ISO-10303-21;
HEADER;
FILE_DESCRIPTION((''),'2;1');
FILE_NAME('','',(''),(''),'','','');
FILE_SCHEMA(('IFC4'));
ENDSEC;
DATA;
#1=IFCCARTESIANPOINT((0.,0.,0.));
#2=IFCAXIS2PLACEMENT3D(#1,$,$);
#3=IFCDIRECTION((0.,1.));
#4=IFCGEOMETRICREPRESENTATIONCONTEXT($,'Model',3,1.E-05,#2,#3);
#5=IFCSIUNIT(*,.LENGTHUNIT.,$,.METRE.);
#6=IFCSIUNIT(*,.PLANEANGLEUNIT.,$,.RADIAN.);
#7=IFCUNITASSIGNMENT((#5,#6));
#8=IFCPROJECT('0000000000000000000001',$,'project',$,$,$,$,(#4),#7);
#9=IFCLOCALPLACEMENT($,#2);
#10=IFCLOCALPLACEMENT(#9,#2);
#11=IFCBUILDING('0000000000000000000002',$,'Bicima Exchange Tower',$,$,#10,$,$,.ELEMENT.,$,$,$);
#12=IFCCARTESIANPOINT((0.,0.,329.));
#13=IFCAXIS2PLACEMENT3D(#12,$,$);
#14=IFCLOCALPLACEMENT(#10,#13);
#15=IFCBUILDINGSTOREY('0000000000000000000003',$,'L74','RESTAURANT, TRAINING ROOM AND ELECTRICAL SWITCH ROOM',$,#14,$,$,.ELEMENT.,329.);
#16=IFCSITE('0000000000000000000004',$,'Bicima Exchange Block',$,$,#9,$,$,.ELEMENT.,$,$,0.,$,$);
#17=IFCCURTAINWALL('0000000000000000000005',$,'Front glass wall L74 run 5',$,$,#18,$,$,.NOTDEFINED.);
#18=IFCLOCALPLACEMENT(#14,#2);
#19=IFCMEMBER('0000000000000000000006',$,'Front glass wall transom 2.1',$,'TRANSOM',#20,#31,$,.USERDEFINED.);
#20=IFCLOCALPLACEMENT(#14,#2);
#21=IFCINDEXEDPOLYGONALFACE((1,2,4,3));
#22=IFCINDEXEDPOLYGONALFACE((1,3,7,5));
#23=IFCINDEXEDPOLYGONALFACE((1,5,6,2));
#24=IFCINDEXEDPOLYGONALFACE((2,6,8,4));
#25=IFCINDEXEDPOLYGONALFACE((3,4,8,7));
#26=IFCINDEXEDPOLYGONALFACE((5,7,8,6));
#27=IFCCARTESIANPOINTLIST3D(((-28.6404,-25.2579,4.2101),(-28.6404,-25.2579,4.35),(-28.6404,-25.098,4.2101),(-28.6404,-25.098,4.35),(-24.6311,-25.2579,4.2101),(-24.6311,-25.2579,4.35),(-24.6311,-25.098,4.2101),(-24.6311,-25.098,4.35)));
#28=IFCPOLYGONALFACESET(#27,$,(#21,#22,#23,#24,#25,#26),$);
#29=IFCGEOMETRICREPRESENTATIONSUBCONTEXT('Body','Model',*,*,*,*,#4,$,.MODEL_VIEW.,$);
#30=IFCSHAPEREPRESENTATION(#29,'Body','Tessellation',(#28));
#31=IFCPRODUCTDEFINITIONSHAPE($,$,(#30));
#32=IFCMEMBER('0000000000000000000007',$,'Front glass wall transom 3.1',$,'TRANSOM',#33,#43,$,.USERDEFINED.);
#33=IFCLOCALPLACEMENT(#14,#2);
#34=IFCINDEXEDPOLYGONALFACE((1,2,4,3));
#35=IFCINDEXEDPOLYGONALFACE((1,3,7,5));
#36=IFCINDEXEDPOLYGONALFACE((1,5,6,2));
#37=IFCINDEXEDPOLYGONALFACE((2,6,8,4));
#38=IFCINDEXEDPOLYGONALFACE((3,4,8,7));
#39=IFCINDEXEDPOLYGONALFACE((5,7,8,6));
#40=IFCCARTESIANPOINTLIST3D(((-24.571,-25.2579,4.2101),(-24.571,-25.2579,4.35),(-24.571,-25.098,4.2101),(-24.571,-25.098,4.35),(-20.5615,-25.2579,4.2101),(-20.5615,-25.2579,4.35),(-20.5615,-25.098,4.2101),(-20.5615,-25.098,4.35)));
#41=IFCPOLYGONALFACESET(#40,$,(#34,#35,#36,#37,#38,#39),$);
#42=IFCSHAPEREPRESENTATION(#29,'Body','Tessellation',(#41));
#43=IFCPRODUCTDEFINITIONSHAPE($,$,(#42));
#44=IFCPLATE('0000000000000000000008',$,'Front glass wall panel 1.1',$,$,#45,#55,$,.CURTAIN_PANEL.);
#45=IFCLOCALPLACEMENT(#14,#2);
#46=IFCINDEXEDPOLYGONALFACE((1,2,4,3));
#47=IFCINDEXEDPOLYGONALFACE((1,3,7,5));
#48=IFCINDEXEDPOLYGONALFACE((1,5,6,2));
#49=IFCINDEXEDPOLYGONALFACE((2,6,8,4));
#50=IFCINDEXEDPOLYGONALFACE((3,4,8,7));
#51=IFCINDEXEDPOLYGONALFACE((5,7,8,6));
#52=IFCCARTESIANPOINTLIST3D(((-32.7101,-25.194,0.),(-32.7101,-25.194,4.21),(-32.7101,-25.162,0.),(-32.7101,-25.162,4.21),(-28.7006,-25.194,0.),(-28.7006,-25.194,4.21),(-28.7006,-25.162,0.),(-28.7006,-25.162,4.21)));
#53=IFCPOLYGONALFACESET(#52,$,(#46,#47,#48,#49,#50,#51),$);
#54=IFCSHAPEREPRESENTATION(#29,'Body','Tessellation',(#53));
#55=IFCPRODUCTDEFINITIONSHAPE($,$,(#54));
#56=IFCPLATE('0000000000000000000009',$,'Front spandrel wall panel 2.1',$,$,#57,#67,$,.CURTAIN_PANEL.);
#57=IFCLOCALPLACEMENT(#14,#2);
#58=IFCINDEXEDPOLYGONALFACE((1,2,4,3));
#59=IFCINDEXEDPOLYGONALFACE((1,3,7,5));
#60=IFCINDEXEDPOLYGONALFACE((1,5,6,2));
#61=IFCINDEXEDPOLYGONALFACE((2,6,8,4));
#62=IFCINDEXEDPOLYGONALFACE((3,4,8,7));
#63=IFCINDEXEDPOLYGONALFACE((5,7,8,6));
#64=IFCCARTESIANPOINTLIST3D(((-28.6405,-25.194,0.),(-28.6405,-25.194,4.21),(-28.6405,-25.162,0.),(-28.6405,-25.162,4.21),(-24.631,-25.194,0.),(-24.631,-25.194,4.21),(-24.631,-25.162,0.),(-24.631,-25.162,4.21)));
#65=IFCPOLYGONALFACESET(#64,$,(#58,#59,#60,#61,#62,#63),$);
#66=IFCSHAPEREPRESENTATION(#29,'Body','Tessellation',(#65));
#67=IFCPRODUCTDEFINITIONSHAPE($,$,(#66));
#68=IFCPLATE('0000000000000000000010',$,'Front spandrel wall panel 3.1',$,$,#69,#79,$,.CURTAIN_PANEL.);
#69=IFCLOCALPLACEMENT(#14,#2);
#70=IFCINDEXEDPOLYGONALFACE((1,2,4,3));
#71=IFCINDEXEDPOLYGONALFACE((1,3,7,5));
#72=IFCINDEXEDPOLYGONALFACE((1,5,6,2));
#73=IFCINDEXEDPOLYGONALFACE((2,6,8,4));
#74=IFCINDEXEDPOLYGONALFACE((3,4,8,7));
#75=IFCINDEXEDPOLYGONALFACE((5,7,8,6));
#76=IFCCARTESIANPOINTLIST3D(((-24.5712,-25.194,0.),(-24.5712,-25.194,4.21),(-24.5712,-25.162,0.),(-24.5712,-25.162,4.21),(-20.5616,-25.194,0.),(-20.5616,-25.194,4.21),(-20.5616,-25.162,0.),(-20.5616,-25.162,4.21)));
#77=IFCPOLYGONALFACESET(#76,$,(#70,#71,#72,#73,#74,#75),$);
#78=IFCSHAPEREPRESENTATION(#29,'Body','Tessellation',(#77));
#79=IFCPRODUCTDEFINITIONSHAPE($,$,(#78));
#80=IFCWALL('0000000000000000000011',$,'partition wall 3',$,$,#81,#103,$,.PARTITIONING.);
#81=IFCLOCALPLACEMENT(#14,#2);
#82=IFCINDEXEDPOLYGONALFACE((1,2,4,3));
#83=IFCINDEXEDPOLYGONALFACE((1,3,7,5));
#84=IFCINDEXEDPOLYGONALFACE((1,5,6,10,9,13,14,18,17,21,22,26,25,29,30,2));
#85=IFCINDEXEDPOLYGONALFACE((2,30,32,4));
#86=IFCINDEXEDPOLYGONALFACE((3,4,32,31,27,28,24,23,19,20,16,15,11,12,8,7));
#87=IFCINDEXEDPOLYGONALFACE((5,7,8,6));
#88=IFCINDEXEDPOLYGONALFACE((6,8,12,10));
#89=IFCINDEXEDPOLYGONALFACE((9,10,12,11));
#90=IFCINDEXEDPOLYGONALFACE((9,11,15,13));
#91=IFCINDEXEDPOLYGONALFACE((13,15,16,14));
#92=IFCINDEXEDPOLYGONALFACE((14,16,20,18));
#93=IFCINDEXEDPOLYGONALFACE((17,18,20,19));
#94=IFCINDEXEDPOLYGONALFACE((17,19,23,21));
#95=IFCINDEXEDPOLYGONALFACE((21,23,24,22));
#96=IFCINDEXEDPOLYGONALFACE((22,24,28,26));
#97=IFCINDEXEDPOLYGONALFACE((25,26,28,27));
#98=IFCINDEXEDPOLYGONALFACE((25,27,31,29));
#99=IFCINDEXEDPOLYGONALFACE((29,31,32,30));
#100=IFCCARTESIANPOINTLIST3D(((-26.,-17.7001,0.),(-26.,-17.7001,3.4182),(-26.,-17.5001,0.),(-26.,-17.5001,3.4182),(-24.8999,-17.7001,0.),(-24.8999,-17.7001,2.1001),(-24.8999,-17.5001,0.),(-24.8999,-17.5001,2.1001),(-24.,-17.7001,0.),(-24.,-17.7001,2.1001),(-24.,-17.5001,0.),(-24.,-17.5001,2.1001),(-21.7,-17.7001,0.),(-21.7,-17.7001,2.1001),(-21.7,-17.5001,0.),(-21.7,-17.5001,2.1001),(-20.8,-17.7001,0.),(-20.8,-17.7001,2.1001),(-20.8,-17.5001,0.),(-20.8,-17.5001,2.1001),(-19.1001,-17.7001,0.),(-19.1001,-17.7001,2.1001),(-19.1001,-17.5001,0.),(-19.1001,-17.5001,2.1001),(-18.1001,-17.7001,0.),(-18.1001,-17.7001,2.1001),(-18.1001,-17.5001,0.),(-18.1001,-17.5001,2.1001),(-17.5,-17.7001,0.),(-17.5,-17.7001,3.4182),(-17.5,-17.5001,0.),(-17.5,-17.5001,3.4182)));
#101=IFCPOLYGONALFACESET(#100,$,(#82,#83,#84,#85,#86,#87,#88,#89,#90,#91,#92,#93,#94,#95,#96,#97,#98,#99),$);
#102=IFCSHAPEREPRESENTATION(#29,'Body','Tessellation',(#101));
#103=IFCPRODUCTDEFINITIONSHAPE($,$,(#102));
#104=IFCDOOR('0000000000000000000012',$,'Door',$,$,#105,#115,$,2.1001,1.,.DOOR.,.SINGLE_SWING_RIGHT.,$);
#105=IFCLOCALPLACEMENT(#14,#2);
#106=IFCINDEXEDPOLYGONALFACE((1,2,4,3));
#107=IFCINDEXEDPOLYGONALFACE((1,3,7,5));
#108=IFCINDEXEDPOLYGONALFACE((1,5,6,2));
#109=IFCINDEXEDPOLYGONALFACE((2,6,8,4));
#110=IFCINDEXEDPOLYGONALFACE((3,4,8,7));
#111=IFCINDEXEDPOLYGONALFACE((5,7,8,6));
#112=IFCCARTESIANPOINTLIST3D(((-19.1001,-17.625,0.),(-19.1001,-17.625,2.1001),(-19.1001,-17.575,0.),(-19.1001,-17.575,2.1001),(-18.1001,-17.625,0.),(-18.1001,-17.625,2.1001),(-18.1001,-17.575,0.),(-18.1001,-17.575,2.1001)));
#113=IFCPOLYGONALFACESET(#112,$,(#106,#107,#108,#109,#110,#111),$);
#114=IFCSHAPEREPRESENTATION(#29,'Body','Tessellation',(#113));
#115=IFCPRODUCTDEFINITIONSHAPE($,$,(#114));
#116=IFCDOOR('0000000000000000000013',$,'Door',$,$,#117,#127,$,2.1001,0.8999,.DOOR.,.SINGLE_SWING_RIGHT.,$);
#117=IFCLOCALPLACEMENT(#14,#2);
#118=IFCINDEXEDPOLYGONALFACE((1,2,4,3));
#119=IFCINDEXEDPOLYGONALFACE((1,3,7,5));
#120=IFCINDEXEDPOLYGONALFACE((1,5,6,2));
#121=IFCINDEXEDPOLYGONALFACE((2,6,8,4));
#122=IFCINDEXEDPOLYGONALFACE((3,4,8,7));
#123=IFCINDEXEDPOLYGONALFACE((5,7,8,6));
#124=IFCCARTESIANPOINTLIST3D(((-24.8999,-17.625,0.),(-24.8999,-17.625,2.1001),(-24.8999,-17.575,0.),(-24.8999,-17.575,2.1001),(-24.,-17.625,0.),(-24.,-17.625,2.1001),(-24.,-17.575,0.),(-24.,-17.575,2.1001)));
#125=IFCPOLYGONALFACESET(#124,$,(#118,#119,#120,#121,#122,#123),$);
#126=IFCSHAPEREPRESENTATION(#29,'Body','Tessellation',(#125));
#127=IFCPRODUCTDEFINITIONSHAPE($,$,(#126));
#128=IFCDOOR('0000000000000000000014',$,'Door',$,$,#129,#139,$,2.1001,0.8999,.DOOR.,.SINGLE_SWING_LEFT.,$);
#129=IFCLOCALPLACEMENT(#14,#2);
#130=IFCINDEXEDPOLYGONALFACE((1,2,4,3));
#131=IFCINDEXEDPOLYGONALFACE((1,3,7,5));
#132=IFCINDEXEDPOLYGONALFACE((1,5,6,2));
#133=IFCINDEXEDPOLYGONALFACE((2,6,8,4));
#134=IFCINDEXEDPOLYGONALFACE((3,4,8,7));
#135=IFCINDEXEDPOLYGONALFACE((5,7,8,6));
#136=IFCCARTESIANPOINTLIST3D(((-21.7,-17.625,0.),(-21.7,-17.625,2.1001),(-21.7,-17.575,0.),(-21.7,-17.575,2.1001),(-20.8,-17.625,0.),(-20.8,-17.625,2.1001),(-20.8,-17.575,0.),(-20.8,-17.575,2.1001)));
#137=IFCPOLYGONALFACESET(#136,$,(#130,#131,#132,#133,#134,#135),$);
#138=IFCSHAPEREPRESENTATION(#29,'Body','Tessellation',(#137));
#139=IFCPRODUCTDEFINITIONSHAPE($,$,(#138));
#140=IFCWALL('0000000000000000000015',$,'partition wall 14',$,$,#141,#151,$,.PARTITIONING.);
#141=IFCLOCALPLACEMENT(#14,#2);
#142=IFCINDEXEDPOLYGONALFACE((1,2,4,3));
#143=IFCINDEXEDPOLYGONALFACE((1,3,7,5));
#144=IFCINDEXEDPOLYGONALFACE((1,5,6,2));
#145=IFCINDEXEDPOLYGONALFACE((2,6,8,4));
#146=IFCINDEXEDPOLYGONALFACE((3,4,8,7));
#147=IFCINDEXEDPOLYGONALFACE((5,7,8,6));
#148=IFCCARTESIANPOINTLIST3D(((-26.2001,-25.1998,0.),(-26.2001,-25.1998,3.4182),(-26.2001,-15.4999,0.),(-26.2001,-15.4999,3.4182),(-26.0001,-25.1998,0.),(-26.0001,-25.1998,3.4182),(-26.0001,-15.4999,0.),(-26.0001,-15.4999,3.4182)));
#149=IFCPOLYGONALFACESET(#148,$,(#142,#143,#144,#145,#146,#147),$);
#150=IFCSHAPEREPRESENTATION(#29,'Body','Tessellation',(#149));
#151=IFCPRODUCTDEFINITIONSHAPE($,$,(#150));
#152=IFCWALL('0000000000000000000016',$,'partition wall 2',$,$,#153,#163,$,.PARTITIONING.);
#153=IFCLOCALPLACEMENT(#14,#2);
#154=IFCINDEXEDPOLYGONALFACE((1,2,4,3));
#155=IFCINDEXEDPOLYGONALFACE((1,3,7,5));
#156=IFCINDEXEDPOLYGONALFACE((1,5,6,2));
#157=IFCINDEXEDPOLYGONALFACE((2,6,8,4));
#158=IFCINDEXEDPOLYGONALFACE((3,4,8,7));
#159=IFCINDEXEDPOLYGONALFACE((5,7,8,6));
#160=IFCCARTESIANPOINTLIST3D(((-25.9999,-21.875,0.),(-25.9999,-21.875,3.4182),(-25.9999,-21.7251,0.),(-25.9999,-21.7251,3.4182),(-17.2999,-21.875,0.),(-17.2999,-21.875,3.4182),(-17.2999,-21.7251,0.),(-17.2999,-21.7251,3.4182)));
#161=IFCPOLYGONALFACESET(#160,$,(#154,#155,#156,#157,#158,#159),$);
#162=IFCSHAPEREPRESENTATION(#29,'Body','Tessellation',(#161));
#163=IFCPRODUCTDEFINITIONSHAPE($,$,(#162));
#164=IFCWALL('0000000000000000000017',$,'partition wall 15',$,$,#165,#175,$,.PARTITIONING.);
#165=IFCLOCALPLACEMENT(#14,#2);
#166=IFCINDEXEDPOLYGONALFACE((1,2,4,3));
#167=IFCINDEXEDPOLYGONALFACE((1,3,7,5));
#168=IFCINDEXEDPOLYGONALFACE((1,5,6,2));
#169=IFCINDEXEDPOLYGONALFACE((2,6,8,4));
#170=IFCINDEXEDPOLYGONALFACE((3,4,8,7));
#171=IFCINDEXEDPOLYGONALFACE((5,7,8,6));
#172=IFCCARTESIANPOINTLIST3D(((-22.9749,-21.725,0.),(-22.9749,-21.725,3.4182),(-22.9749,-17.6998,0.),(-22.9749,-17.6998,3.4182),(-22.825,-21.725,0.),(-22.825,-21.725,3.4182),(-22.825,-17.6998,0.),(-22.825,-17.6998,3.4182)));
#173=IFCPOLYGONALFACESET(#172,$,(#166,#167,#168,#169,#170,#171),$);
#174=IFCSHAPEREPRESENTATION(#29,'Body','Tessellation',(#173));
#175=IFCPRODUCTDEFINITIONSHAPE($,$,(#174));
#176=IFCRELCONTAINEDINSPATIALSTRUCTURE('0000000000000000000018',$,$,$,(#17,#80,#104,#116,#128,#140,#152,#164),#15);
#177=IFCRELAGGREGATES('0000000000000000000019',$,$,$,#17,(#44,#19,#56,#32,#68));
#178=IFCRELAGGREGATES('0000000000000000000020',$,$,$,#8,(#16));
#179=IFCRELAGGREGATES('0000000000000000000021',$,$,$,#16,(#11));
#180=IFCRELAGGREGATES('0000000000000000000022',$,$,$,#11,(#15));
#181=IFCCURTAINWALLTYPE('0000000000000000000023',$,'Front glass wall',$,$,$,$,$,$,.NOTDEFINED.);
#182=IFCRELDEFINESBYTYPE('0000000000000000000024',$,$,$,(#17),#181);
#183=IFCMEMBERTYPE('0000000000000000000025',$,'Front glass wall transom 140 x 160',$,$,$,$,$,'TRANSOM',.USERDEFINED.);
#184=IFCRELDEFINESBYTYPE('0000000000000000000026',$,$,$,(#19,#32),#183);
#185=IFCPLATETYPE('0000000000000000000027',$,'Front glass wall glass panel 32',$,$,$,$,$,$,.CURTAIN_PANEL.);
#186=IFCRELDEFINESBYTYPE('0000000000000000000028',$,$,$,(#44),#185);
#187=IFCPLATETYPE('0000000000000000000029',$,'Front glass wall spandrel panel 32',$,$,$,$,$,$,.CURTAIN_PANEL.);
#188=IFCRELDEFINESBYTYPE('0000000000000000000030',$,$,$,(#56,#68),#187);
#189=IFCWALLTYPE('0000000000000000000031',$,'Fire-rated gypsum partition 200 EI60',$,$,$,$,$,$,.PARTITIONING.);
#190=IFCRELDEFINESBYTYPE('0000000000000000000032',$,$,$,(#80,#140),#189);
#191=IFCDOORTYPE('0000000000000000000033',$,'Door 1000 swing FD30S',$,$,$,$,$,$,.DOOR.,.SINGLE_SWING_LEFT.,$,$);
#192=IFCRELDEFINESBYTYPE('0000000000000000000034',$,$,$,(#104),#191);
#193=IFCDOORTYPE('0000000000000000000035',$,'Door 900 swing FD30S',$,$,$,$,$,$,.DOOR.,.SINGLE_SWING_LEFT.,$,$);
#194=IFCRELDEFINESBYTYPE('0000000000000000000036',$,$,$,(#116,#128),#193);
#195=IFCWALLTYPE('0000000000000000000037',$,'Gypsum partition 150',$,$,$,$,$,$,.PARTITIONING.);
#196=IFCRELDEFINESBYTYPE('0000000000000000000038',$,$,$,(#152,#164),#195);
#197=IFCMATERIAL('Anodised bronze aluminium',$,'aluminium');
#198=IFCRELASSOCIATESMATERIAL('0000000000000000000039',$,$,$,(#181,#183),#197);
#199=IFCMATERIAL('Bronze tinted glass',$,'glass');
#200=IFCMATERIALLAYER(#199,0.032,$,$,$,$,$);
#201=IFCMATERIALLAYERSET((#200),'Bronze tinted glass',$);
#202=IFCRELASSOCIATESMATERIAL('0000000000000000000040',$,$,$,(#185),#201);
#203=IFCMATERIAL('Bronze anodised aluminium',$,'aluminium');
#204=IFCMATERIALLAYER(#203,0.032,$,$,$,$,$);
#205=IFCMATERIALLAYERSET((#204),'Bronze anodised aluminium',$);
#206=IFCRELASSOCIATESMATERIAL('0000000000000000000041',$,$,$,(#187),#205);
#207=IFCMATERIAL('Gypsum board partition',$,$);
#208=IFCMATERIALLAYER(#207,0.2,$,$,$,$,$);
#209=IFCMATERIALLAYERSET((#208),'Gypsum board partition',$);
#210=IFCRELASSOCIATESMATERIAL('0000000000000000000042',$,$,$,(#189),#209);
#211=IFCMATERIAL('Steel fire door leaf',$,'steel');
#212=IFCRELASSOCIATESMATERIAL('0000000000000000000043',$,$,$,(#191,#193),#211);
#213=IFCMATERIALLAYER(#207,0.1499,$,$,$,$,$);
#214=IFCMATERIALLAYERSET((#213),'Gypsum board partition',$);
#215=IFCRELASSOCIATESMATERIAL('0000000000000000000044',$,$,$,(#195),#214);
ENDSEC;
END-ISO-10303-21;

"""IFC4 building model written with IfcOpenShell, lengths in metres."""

from ifc_helpers import new_model, si_unit, direction, frame, frame_2d, origin, origin_2d, place, context, subcontext, project, spatial, rectangle, extrude, material, layer, layer_set, material_profile, profile_set, type_object, element, fill, aggregate, save


model = new_model("IFC4")

# Units and contexts
model_context = context("Model", 3, precision=1e-05, world=origin(), true_north=direction((0.0, 1.0)))
body_context = subcontext(model_context, "Body", "Model", "MODEL_VIEW")
ifc_project = project(units=[si_unit("LENGTHUNIT", "METRE"), si_unit("PLANEANGLEUNIT", "RADIAN")], contexts=[model_context])

# Site, building, storey
site_placement = place(None, origin())
site = spatial("IfcSite", under=ifc_project, at=site_placement, Name="Bicima Exchange Block", CompositionType="ELEMENT", RefElevation=0.0)
building_placement = place(site_placement, origin())
building = spatial("IfcBuilding", under=site, at=building_placement, Name="Bicima Exchange Tower", CompositionType="ELEMENT")
storey_placement = place(building_placement, frame((0.0, 0.0, 329.0)))
storey = spatial("IfcBuildingStorey", under=building, at=storey_placement, Name="L74", Description="RESTAURANT, TRAINING ROOM AND ELECTRICAL SWITCH ROOM", CompositionType="ELEMENT", Elevation=329.0)

# Shared definitions
ifc_material_1 = material(Name="Anodised bronze aluminium", Category="aluminium")
curtain_wall_type = type_object("IfcCurtainWallType", Name="Front glass wall", PredefinedType="NOTDEFINED", material=ifc_material_1)

# Curtain wall, members, plates
curtain_wall_1_placement = place(storey_placement, origin())
curtain_wall_1 = element("IfcCurtainWall", 1, at=curtain_wall_1_placement, inside=storey, type_object=curtain_wall_type, Name="Front glass wall L74 run 5", PredefinedType="NOTDEFINED")
ifc_material_profile_1 = material_profile(ifc_material_1, rectangle(XDim=0.1599, YDim=0.1399, at=origin_2d()))
ifc_profile_set_1 = profile_set([ifc_material_profile_1], Name="Anodised bronze aluminium")
member_type_1 = type_object("IfcMemberType", Name="Front glass wall transom 140 x 160", ElementType="TRANSOM", PredefinedType="USERDEFINED", material=ifc_profile_set_1)
member_1_placement = place(storey_placement, frame((-28.6404, -25.178, 4.28), z_axis=(1.0, 0.0, 0.0), x_axis=(0.0, 1.0, 0.0)))
member_1 = element("IfcMember", 2, at=member_1_placement, type_object=member_type_1, Name="Front glass wall transom 2.1", ObjectType="TRANSOM", PredefinedType="USERDEFINED", context=body_context, shape_type="SweptSolid", body=[
    extrude(rectangle(XDim=0.1599, YDim=0.1399, at=origin_2d()), origin(), (0.0, 0.0, 1.0), 4.0093),
])
member_2_placement = place(storey_placement, frame((-24.571, -25.178, 4.28), z_axis=(1.0, 0.0, 0.0), x_axis=(0.0, 1.0, 0.0)))
member_2 = element("IfcMember", 3, at=member_2_placement, type_object=member_type_1, Name="Front glass wall transom 3.1", ObjectType="TRANSOM", PredefinedType="USERDEFINED", context=body_context, shape_type="SweptSolid", body=[
    extrude(rectangle(XDim=0.1599, YDim=0.1399, at=origin_2d()), origin(), (0.0, 0.0, 1.0), 4.0095),
])
ifc_material_2 = material(Name="Bronze tinted glass", Category="glass")
ifc_layer_1 = layer(ifc_material_2, 0.032)
ifc_layer_set_1 = layer_set([ifc_layer_1], Name="Bronze tinted glass")
plate_type_1 = type_object("IfcPlateType", Name="Front glass wall glass panel 32", PredefinedType="CURTAIN_PANEL", material=ifc_layer_set_1)
plate_1_placement = place(storey_placement, frame((-30.7053, -25.178, 0.0), z_axis=(0.0, 0.0, 1.0), x_axis=(1.0, 0.0, 0.0)))
plate_1 = element("IfcPlate", 4, at=plate_1_placement, type_object=plate_type_1, Name="Front glass wall panel 1.1", PredefinedType="CURTAIN_PANEL", context=body_context, shape_type="SweptSolid", body=[
    extrude(rectangle(XDim=4.0095, YDim=0.032, at=origin_2d()), origin(), (0.0, 0.0, 1.0), 4.21),
])
ifc_material_3 = material(Name="Bronze anodised aluminium", Category="aluminium")
ifc_layer_2 = layer(ifc_material_3, 0.032)
ifc_layer_set_2 = layer_set([ifc_layer_2], Name="Bronze anodised aluminium")
plate_type_2 = type_object("IfcPlateType", Name="Front glass wall spandrel panel 32", PredefinedType="CURTAIN_PANEL", material=ifc_layer_set_2)
plate_2_placement = place(storey_placement, frame((-26.6357, -25.178, 0.0), z_axis=(0.0, 0.0, 1.0), x_axis=(1.0, 0.0, 0.0)))
plate_2 = element("IfcPlate", 5, at=plate_2_placement, type_object=plate_type_2, Name="Front spandrel wall panel 2.1", PredefinedType="CURTAIN_PANEL", context=body_context, shape_type="SweptSolid", body=[
    extrude(rectangle(XDim=4.0095, YDim=0.032, at=origin_2d()), origin(), (0.0, 0.0, 1.0), 4.21),
])
plate_3_placement = place(storey_placement, frame((-22.5664, -25.178, 0.0), z_axis=(0.0, 0.0, 1.0), x_axis=(1.0, 0.0, 0.0)))
plate_3 = element("IfcPlate", 6, at=plate_3_placement, type_object=plate_type_2, Name="Front spandrel wall panel 3.1", PredefinedType="CURTAIN_PANEL", context=body_context, shape_type="SweptSolid", body=[
    extrude(rectangle(XDim=4.0095, YDim=0.032, at=origin_2d()), origin(), (0.0, 0.0, 1.0), 4.21),
])
aggregate(curtain_wall_1, [plate_1, member_1, plate_2, member_2, plate_3])

# Wall, openings, doors
ifc_material_4 = material(Name="Gypsum board partition")
ifc_layer_3 = layer(ifc_material_4, 0.2)
ifc_layer_set_3 = layer_set([ifc_layer_3], Name="Gypsum board partition")
wall_type_1 = type_object("IfcWallType", Name="Fire-rated gypsum partition 200 EI60", PredefinedType="PARTITIONING", material=ifc_layer_set_3)
wall_1_placement = place(storey_placement, frame((-26.0, -17.6001, 0.0), z_axis=(0.0, 0.0, 1.0), x_axis=(1.0, 0.0, 0.0)))
wall_1 = element("IfcWall", 7, at=wall_1_placement, inside=storey, type_object=wall_type_1, Name="partition wall 3", PredefinedType="PARTITIONING", context=body_context, shape_type="SweptSolid", body=[
    extrude(rectangle(XDim=8.5, YDim=0.2, at=frame_2d((4.25, 0.0))), origin(), (0.0, 0.0, 1.0), 3.4182),
])
opening_1_placement = place(wall_1_placement, frame((1.1001, 0.0, 0.0)))
opening_1 = element("IfcOpeningElement", 8, at=opening_1_placement, cuts=wall_1, PredefinedType="OPENING", context=body_context, shape_type="SweptSolid", body=[
    extrude(rectangle(XDim=0.8999, YDim=2.1001, at=frame_2d((0.45, 1.05))), frame((0.0, 0.1118, 0.0), z_axis=(0.0, -1.0, 0.0), x_axis=(1.0, 0.0, 0.0)), (0.0, 0.0, 1.0), 0.2239),
])
opening_2_placement = place(wall_1_placement, frame((4.3, 0.0, 0.0)))
opening_2 = element("IfcOpeningElement", 9, at=opening_2_placement, cuts=wall_1, PredefinedType="OPENING", context=body_context, shape_type="SweptSolid", body=[
    extrude(rectangle(XDim=0.8999, YDim=2.1001, at=frame_2d((0.45, 1.05))), frame((0.0, 0.1118, 0.0), z_axis=(0.0, -1.0, 0.0), x_axis=(1.0, 0.0, 0.0)), (0.0, 0.0, 1.0), 0.2239),
])
opening_3_placement = place(wall_1_placement, frame((6.8999, 0.0, 0.0)))
opening_3 = element("IfcOpeningElement", 10, at=opening_3_placement, cuts=wall_1, PredefinedType="OPENING", context=body_context, shape_type="SweptSolid", body=[
    extrude(rectangle(XDim=1.0, YDim=2.1001, at=frame_2d((0.5, 1.05))), frame((0.0, 0.1118, 0.0), z_axis=(0.0, -1.0, 0.0), x_axis=(1.0, 0.0, 0.0)), (0.0, 0.0, 1.0), 0.2239),
])
ifc_material_5 = material(Name="Steel fire door leaf", Category="steel")
door_type_1 = type_object("IfcDoorType", Name="Door 1000 swing FD30S", OperationType="SINGLE_SWING_LEFT", PredefinedType="DOOR", material=ifc_material_5)
door_1_placement = place(opening_3_placement, frame((1.0, 0.0, 0.0), z_axis=(0.0, 0.0, 1.0), x_axis=(-1.0, 0.0, 0.0)))
door_1 = element("IfcDoor", 11, at=door_1_placement, inside=storey, type_object=door_type_1, Name="Door", OperationType="SINGLE_SWING_RIGHT", OverallHeight=2.1001, OverallWidth=1.0, PredefinedType="DOOR", context=body_context, shape_type="SweptSolid", body=[
    extrude(rectangle(XDim=1.0, YDim=2.1001, at=frame_2d((0.5, 1.05))), frame((0.0, 0.0249, 0.0), z_axis=(0.0, -1.0, 0.0), x_axis=(1.0, 0.0, 0.0)), (0.0, 0.0, 1.0), 0.05),
])
fill(opening_3, door_1)
door_type_2 = type_object("IfcDoorType", Name="Door 900 swing FD30S", OperationType="SINGLE_SWING_LEFT", PredefinedType="DOOR", material=ifc_material_5)
door_2_placement = place(opening_1_placement, frame((0.8999, 0.0, 0.0), z_axis=(0.0, 0.0, 1.0), x_axis=(-1.0, 0.0, 0.0)))
door_2 = element("IfcDoor", 12, at=door_2_placement, inside=storey, type_object=door_type_2, Name="Door", OperationType="SINGLE_SWING_RIGHT", OverallHeight=2.1001, OverallWidth=0.8999, PredefinedType="DOOR", context=body_context, shape_type="SweptSolid", body=[
    extrude(rectangle(XDim=0.8999, YDim=2.1001, at=frame_2d((0.45, 1.05))), frame((0.0, 0.0249, 0.0), z_axis=(0.0, -1.0, 0.0), x_axis=(1.0, 0.0, 0.0)), (0.0, 0.0, 1.0), 0.05),
])
fill(opening_1, door_2)
door_3_placement = place(opening_2_placement, frame((0.8999, 0.0, 0.0), z_axis=(0.0, 0.0, 1.0), x_axis=(-1.0, 0.0, 0.0)))
door_3 = element("IfcDoor", 13, at=door_3_placement, inside=storey, type_object=door_type_2, Name="Door", OperationType="SINGLE_SWING_LEFT", OverallHeight=2.1001, OverallWidth=0.8999, PredefinedType="DOOR", context=body_context, shape_type="SweptSolid", body=[
    extrude(rectangle(XDim=0.8999, YDim=2.1001, at=frame_2d((0.45, 1.05))), frame((0.0, 0.0249, 0.0), z_axis=(0.0, -1.0, 0.0), x_axis=(1.0, 0.0, 0.0)), (0.0, 0.0, 1.0), 0.05),
])
fill(opening_2, door_3)

# Walls
wall_2_placement = place(storey_placement, frame((-26.1001, -25.2, 0.0), z_axis=(0.0, 0.0, 1.0), x_axis=(0.0, 1.0, 0.0)))
element("IfcWall", 14, at=wall_2_placement, inside=storey, type_object=wall_type_1, Name="partition wall 14", PredefinedType="PARTITIONING", context=body_context, shape_type="SweptSolid", body=[
    extrude(rectangle(XDim=9.7, YDim=0.2, at=frame_2d((4.8501, 0.0))), origin(), (0.0, 0.0, 1.0), 3.4182),
])
ifc_layer_4 = layer(ifc_material_4, 0.1499)
ifc_layer_set_4 = layer_set([ifc_layer_4], Name="Gypsum board partition")
wall_type_2 = type_object("IfcWallType", Name="Gypsum partition 150", PredefinedType="PARTITIONING", material=ifc_layer_set_4)
wall_3_placement = place(storey_placement, frame((-26.0, -21.8, 0.0), z_axis=(0.0, 0.0, 1.0), x_axis=(1.0, 0.0, 0.0)))
element("IfcWall", 15, at=wall_3_placement, inside=storey, type_object=wall_type_2, Name="partition wall 2", PredefinedType="PARTITIONING", context=body_context, shape_type="SweptSolid", body=[
    extrude(rectangle(XDim=8.7, YDim=0.1499, at=frame_2d((4.3501, 0.0))), origin(), (0.0, 0.0, 1.0), 3.4182),
])
wall_4_placement = place(storey_placement, frame((-22.8999, -21.7251, 0.0), z_axis=(0.0, 0.0, 1.0), x_axis=(0.0, 1.0, 0.0)))
element("IfcWall", 16, at=wall_4_placement, inside=storey, type_object=wall_type_2, Name="partition wall 15", PredefinedType="PARTITIONING", context=body_context, shape_type="SweptSolid", body=[
    extrude(rectangle(XDim=4.0251, YDim=0.1499, at=frame_2d((2.0127, 0.0))), origin(), (0.0, 0.0, 1.0), 3.4182),
])

save(model, "model.ifc")
